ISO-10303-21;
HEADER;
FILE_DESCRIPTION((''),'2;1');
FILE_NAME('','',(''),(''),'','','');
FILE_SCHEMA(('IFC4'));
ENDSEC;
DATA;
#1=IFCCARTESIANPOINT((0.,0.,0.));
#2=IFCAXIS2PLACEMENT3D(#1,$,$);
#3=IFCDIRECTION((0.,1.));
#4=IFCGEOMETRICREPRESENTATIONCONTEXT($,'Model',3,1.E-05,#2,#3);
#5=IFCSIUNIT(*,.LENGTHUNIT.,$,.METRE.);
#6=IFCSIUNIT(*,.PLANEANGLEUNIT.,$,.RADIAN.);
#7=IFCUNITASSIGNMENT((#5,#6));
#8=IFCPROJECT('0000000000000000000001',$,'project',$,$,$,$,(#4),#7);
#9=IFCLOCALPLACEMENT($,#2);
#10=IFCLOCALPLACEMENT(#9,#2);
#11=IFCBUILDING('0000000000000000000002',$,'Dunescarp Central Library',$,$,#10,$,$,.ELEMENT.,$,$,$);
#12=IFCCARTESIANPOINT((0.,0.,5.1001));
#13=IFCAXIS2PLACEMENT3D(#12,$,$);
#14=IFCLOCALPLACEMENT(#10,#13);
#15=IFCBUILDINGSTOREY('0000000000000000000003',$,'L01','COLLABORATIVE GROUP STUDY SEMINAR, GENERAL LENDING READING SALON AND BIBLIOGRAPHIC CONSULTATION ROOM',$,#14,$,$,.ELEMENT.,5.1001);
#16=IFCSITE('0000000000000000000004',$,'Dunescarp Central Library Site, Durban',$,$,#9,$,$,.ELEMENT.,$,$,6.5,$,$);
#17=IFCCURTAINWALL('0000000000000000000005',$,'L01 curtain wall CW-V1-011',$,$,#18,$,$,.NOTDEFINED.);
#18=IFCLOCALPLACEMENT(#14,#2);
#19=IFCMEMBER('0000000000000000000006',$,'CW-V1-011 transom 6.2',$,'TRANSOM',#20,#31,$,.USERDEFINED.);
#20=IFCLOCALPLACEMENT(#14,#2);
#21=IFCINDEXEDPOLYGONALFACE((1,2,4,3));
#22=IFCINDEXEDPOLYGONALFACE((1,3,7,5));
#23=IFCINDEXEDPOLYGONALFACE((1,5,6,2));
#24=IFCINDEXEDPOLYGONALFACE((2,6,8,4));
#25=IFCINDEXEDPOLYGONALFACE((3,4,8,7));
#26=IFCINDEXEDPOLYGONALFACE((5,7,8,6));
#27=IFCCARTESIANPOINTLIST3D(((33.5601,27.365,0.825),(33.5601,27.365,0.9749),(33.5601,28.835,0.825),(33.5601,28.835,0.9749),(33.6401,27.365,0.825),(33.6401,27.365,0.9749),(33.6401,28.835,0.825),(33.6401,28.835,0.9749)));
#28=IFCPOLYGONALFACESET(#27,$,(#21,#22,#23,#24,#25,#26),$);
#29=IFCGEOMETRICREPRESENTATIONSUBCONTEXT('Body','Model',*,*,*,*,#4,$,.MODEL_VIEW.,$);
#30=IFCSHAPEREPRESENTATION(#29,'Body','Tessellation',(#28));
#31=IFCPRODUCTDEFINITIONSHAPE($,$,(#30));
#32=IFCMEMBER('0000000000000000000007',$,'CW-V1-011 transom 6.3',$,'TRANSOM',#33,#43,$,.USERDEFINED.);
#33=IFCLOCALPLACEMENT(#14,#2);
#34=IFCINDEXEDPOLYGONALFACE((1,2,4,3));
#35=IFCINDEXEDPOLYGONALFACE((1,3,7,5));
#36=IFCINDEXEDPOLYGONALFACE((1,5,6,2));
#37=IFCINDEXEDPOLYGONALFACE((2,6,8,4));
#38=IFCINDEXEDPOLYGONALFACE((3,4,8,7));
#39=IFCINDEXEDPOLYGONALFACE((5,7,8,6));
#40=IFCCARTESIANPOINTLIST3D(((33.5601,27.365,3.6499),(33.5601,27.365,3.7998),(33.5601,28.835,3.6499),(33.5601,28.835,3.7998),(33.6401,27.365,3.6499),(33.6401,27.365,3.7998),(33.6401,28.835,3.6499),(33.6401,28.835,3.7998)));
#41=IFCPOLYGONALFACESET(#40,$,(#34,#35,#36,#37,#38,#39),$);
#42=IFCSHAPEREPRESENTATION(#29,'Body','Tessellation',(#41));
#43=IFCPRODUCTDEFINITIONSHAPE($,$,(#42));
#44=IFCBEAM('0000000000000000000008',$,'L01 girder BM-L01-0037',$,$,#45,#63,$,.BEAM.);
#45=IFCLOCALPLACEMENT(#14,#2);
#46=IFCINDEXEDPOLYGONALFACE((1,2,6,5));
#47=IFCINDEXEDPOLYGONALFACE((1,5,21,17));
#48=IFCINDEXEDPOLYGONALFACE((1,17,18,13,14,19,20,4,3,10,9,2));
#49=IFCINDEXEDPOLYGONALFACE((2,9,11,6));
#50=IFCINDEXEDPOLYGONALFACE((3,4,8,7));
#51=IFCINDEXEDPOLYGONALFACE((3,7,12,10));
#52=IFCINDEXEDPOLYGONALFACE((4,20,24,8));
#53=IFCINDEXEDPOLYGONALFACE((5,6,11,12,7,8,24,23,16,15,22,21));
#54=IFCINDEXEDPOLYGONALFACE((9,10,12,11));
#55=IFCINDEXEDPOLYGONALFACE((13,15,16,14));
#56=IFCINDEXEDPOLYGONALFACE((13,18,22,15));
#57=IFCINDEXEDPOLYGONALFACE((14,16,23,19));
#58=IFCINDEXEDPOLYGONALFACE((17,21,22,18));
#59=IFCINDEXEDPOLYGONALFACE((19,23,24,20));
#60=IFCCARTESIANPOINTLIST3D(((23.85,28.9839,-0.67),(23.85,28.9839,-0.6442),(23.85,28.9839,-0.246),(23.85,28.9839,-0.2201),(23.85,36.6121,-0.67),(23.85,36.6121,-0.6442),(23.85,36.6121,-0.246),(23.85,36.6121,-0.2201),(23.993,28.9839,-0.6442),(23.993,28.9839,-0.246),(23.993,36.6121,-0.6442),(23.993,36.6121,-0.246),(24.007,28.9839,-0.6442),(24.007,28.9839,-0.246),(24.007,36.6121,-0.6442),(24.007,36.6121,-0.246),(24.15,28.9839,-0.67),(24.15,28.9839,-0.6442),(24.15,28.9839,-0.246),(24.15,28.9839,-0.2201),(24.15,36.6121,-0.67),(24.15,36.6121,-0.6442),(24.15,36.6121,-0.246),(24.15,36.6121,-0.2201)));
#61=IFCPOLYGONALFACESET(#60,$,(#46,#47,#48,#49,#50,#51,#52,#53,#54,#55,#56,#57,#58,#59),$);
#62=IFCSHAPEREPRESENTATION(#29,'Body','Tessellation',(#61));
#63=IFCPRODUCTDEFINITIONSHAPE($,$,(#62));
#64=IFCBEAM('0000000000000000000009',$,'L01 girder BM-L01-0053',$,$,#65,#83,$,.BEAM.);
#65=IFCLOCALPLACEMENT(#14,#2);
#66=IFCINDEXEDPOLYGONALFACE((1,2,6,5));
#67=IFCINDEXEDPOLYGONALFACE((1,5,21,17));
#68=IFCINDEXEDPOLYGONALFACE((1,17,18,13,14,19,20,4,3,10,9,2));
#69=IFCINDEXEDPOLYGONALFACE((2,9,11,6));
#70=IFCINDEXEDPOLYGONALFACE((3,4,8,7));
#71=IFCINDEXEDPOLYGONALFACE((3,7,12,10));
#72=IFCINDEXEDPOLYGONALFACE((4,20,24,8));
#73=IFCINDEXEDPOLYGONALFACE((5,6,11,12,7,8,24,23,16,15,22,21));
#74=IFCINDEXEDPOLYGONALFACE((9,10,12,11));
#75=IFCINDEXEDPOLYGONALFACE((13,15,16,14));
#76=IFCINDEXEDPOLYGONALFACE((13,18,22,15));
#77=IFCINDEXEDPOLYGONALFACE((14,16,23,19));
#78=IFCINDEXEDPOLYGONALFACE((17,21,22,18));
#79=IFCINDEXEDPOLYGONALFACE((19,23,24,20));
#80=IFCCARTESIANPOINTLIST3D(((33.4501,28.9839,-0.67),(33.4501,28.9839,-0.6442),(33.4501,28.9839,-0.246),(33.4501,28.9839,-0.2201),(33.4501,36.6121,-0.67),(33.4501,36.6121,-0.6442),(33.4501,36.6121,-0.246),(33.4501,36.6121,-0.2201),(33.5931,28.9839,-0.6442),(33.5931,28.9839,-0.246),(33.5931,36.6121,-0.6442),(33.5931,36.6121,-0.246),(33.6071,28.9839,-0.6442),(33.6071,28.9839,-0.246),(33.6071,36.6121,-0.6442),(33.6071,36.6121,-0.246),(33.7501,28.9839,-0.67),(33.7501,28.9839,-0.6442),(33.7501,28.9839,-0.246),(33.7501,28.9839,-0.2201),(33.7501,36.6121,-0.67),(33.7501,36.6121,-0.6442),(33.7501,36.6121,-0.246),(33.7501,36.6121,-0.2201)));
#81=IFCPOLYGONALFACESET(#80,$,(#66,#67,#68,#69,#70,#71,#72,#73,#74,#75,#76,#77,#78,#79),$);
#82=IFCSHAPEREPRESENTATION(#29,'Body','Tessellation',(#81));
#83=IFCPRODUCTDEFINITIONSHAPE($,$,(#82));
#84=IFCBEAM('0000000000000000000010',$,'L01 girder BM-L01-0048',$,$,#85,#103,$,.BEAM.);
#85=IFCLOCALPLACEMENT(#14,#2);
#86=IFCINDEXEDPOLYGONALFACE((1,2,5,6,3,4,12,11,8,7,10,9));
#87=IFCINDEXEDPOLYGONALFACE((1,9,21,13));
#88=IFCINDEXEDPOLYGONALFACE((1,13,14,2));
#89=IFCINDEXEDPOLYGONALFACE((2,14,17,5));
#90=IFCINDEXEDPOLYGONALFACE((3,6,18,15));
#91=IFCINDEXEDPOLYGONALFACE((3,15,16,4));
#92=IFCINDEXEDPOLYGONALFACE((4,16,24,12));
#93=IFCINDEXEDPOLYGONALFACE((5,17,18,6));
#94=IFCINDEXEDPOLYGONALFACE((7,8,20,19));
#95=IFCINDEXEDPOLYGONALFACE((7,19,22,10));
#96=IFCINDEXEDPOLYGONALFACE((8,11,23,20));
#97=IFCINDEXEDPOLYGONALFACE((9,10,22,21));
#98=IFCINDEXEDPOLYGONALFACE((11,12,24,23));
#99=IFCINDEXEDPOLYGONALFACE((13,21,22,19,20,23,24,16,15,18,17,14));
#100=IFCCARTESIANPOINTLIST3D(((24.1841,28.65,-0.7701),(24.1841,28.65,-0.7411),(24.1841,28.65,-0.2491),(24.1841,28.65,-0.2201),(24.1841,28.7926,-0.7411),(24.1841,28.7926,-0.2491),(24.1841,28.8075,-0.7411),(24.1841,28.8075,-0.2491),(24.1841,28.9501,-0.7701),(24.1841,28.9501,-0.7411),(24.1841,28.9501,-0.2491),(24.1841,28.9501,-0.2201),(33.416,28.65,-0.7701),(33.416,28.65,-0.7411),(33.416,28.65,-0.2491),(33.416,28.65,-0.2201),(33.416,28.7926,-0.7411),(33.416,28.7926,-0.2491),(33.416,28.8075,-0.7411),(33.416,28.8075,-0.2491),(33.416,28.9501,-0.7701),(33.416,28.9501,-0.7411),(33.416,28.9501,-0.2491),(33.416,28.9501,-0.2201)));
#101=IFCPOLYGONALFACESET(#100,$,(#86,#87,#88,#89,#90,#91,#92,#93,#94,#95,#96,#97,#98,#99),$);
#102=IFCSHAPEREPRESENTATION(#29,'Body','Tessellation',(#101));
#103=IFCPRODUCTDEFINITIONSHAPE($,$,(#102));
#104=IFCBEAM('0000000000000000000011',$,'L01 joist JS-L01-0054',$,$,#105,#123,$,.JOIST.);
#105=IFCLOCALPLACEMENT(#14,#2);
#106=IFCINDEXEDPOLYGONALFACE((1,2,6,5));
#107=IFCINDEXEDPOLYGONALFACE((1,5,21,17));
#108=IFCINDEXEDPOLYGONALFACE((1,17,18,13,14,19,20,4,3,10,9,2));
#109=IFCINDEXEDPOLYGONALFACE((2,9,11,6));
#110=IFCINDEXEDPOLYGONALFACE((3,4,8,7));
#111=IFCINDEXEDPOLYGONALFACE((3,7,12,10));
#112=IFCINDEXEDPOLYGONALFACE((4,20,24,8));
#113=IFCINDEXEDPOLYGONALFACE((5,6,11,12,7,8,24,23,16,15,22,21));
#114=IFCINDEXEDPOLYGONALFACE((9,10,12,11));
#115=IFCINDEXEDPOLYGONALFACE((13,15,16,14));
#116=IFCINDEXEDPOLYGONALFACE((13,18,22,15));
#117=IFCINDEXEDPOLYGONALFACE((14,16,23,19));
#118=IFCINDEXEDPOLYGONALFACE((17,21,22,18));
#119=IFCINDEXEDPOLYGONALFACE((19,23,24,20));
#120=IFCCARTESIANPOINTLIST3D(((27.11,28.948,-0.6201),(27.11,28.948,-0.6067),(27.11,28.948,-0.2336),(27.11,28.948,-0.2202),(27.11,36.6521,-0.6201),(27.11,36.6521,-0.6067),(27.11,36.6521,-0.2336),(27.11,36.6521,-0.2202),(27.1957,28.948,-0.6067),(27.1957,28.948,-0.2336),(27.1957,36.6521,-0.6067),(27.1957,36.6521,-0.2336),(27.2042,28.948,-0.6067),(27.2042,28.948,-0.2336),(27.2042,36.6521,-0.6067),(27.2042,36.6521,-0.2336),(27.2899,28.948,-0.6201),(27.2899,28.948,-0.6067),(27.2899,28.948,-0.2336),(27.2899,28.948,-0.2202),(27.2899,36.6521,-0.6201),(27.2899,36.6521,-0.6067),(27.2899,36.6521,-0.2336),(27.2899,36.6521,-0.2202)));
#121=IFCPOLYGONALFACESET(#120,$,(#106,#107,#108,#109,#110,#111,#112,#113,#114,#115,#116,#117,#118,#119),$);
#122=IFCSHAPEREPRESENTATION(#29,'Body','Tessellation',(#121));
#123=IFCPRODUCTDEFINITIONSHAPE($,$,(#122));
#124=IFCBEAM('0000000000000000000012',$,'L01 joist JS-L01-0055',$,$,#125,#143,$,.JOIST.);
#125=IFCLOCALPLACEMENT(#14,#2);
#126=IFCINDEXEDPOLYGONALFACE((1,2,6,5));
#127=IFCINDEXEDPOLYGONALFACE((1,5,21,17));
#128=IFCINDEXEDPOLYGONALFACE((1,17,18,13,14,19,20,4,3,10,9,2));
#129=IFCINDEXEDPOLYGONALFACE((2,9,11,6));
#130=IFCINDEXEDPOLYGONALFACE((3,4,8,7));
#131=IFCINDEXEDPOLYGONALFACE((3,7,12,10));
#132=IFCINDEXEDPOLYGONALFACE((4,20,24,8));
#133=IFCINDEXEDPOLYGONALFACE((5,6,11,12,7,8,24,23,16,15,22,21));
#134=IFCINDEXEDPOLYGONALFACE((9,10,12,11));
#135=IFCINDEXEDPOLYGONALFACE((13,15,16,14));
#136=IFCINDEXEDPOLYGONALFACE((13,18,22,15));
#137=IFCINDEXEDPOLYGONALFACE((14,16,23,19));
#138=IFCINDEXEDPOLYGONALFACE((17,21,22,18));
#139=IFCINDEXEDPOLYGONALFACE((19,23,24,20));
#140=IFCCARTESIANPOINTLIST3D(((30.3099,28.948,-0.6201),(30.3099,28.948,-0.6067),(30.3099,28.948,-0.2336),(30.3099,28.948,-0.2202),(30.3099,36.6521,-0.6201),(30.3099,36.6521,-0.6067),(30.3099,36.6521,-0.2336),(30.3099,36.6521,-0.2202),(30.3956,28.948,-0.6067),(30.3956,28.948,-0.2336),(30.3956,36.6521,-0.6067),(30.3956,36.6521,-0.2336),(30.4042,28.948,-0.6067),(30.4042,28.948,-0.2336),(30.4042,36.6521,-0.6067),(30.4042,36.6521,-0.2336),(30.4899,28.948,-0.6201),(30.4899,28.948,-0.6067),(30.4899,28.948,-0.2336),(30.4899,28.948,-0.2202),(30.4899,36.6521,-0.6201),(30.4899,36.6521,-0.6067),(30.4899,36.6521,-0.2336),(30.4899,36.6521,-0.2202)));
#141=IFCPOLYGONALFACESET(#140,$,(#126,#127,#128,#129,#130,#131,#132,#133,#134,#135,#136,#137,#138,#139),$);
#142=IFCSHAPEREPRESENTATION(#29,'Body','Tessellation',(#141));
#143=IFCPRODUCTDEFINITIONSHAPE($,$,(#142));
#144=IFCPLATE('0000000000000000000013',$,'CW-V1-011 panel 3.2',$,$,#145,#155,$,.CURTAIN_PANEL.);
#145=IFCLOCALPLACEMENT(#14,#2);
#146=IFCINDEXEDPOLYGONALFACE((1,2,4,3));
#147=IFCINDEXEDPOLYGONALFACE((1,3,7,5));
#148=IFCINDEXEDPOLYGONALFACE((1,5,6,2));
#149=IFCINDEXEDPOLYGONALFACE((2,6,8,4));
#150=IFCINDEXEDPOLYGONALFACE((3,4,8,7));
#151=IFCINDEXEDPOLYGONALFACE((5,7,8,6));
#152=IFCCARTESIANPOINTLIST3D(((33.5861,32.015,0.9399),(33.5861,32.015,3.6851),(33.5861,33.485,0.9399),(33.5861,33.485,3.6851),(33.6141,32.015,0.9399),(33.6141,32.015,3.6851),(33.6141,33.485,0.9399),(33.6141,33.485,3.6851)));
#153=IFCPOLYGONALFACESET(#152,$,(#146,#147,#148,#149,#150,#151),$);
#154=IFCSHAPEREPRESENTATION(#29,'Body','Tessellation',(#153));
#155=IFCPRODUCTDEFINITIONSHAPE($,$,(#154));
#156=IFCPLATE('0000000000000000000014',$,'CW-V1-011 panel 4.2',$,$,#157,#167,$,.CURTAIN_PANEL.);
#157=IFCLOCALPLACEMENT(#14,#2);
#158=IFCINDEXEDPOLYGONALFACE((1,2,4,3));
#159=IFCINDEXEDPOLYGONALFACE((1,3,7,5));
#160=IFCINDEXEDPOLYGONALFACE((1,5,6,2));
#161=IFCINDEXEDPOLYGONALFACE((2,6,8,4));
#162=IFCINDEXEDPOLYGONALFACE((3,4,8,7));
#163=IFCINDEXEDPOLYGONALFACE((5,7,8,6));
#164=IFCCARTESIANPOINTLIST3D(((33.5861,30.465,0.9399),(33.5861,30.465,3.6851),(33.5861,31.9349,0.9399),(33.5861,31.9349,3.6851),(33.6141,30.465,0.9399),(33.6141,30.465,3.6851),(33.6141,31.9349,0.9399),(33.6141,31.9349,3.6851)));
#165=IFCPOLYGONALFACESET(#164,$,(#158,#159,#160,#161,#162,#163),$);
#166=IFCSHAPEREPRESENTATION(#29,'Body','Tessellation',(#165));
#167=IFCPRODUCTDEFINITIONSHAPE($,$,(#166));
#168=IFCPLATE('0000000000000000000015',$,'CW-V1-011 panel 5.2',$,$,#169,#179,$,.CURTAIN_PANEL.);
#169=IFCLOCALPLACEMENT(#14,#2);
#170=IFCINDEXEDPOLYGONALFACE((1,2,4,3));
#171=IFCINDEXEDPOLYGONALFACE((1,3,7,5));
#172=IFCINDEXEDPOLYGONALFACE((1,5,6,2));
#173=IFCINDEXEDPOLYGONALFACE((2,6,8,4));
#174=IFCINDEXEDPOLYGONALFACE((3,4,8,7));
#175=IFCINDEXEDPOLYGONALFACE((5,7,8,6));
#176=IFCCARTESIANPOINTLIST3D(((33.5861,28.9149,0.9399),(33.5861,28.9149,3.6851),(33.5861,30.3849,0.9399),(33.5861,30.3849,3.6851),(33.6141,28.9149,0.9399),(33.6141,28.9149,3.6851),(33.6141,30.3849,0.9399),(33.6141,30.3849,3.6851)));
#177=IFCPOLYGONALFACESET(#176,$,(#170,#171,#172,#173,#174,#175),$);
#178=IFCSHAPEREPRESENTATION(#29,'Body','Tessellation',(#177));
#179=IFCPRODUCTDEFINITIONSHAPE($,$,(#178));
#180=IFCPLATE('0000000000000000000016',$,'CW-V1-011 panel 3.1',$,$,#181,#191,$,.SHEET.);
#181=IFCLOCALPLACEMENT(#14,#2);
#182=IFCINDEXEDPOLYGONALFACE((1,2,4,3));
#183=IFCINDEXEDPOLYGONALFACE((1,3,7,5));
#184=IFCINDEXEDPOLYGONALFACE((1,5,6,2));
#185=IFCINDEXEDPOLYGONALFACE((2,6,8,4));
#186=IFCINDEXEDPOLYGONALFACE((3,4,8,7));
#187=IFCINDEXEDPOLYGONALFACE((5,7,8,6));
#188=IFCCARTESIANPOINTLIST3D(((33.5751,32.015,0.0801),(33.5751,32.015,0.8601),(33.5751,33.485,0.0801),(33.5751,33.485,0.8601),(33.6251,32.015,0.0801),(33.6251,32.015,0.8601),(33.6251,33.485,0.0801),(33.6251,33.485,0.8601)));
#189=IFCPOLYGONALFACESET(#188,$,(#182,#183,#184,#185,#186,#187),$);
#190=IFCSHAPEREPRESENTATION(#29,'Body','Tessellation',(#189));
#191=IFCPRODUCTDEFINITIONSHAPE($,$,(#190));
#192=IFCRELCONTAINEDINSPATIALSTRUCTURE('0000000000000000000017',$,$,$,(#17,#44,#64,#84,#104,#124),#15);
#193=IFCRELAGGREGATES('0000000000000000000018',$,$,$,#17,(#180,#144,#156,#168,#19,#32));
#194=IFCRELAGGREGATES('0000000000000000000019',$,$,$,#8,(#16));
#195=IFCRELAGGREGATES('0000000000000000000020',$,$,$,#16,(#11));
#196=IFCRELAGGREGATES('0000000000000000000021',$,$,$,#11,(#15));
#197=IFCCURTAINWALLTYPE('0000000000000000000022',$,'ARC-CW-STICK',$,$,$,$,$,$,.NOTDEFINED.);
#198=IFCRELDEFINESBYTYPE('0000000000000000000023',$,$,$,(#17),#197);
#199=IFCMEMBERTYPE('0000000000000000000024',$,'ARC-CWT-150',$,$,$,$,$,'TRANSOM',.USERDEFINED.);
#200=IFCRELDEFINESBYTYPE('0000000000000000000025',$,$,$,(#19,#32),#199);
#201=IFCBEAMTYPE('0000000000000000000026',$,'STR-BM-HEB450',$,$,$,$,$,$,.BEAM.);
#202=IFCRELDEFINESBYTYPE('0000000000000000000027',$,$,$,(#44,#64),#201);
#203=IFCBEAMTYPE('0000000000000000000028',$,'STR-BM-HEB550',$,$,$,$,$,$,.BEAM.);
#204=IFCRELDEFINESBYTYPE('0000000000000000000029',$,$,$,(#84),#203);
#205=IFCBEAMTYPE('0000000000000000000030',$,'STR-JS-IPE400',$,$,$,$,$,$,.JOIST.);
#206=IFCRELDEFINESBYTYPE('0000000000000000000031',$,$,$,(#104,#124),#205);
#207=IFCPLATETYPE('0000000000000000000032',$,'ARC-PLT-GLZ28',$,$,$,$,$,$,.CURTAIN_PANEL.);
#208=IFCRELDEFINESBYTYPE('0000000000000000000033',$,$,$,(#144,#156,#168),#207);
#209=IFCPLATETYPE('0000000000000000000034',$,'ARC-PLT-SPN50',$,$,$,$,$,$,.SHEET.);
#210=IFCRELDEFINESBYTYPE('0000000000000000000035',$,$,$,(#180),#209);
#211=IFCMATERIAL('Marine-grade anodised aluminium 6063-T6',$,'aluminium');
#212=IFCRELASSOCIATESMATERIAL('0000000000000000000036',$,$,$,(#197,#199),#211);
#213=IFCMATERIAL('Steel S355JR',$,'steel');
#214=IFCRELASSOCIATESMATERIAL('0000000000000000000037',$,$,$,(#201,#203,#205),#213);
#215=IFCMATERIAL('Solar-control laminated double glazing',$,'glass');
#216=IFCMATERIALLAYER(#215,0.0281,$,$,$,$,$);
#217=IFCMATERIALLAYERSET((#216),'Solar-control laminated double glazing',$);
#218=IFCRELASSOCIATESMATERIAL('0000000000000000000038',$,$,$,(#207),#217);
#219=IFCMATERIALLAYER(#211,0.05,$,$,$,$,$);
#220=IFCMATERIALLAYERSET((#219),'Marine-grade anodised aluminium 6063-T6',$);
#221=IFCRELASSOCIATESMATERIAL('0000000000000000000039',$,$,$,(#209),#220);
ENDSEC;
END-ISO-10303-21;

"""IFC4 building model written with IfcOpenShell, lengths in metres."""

from ifc_helpers import new_model, si_unit, direction, frame, origin, origin_2d, place, context, subcontext, project, spatial, rectangle, i_section, extrude, material, layer, layer_set, material_profile, profile_set, type_object, element, aggregate, save


model = new_model("IFC4")

# Units and contexts
model_context = context("Model", 3, precision=1e-05, world=origin(), true_north=direction((0.0, 1.0)))
body_context = subcontext(model_context, "Body", "Model", "MODEL_VIEW")
ifc_project = project(units=[si_unit("LENGTHUNIT", "METRE"), si_unit("PLANEANGLEUNIT", "RADIAN")], contexts=[model_context])

# Site, building, storey
site_placement = place(None, origin())
site = spatial("IfcSite", under=ifc_project, at=site_placement, Name="Dunescarp Central Library Site, Durban", CompositionType="ELEMENT", RefElevation=6.5)
building_placement = place(site_placement, origin())
building = spatial("IfcBuilding", under=site, at=building_placement, Name="Dunescarp Central Library", CompositionType="ELEMENT")
storey_placement = place(building_placement, frame((0.0, 0.0, 5.1001)))
storey = spatial("IfcBuildingStorey", under=building, at=storey_placement, Name="L01", Description="COLLABORATIVE GROUP STUDY SEMINAR, GENERAL LENDING READING SALON AND BIBLIOGRAPHIC CONSULTATION ROOM", CompositionType="ELEMENT", Elevation=5.1001)

# Shared definitions
ifc_material_1 = material(Name="Steel S355JR", Category="steel")

# Curtain wall, members
ifc_material_2 = material(Name="Marine-grade anodised aluminium 6063-T6", Category="aluminium")
curtain_wall_type = type_object("IfcCurtainWallType", Name="ARC-CW-STICK", PredefinedType="NOTDEFINED", material=ifc_material_2)
curtain_wall_placement = place(storey_placement, origin())
curtain_wall = element("IfcCurtainWall", 1, at=curtain_wall_placement, inside=storey, type_object=curtain_wall_type, Name="L01 curtain wall CW-V1-011", PredefinedType="NOTDEFINED")
ifc_material_profile_1 = material_profile(ifc_material_2, rectangle(XDim=0.0801, YDim=0.1499, at=origin_2d()), Name="AL 80x150")
ifc_profile_set_1 = profile_set([ifc_material_profile_1], Name="Marine-grade anodised aluminium 6063-T6")
member_type_1 = type_object("IfcMemberType", Name="ARC-CWT-150", ElementType="TRANSOM", PredefinedType="USERDEFINED", material=ifc_profile_set_1)
member_1_placement = place(storey_placement, frame((33.6001, 28.835, 0.8999), z_axis=(0.0, -1.0, 0.0), x_axis=(1.0, 0.0, 0.0)))
member_1 = element("IfcMember", 2, at=member_1_placement, type_object=member_type_1, Name="CW-V1-011 transom 6.2", ObjectType="TRANSOM", PredefinedType="USERDEFINED", context=body_context, shape_type="SweptSolid", body=[
    extrude(rectangle(XDim=0.0801, YDim=0.1499, at=origin_2d()), origin(), (0.0, 0.0, 1.0), 1.47),
])
member_2_placement = place(storey_placement, frame((33.6001, 28.835, 3.7249), z_axis=(0.0, -1.0, 0.0), x_axis=(1.0, 0.0, 0.0)))
member_2 = element("IfcMember", 3, at=member_2_placement, type_object=member_type_1, Name="CW-V1-011 transom 6.3", ObjectType="TRANSOM", PredefinedType="USERDEFINED", context=body_context, shape_type="SweptSolid", body=[
    extrude(rectangle(XDim=0.0801, YDim=0.1499, at=origin_2d()), origin(), (0.0, 0.0, 1.0), 1.47),
])

# Beams
ifc_material_profile_2 = material_profile(ifc_material_1, i_section(OverallWidth=0.3, OverallDepth=0.45, WebThickness=0.0139, FlangeThickness=0.0259, at=origin_2d()), Name="HEB 450")
ifc_profile_set_2 = profile_set([ifc_material_profile_2], Name="Steel S355JR")
beam_type_1 = type_object("IfcBeamType", Name="STR-BM-HEB450", PredefinedType="BEAM", material=ifc_profile_set_2)
for number, where, z_axis, x_axis, name in (
    (4, (24.0, 28.9839, -0.4451), (0.0, 1.0, 0.0), (-1.0, 0.0, 0.0), "L01 girder BM-L01-0037"),
    (5, (33.6001, 28.9839, -0.4451), (0.0, 1.0, 0.0), (-1.0, 0.0, 0.0), "L01 girder BM-L01-0053"),
):
    element("IfcBeam", number, at=place(storey_placement, frame(where, z_axis=z_axis, x_axis=x_axis)), inside=storey, type_object=beam_type_1, Name=name, PredefinedType="BEAM", context=body_context, shape_type="SweptSolid", body=[
        extrude(i_section(OverallWidth=0.3, OverallDepth=0.45, WebThickness=0.0139, FlangeThickness=0.0259, at=origin_2d()), origin(), (0.0, 0.0, 1.0), 7.6282),
    ])
ifc_material_profile_3 = material_profile(ifc_material_1, i_section(OverallWidth=0.3, OverallDepth=0.55, WebThickness=0.0149, FlangeThickness=0.0291, at=origin_2d()), Name="HEB 550")
ifc_profile_set_3 = profile_set([ifc_material_profile_3], Name="Steel S355JR")
beam_type_2 = type_object("IfcBeamType", Name="STR-BM-HEB550", PredefinedType="BEAM", material=ifc_profile_set_3)
beam_placement = place(storey_placement, frame((24.1841, 28.8, -0.4951), z_axis=(1.0, 0.0, 0.0), x_axis=(0.0, 1.0, 0.0)))
element("IfcBeam", 6, at=beam_placement, inside=storey, type_object=beam_type_2, Name="L01 girder BM-L01-0048", PredefinedType="BEAM", context=body_context, shape_type="SweptSolid", body=[
    extrude(i_section(OverallWidth=0.3, OverallDepth=0.55, WebThickness=0.0149, FlangeThickness=0.0291, at=origin_2d()), origin(), (0.0, 0.0, 1.0), 9.2319),
])
ifc_material_profile_4 = material_profile(ifc_material_1, i_section(OverallWidth=0.1799, OverallDepth=0.3999, WebThickness=0.0085, FlangeThickness=0.0134, at=origin_2d()), Name="IPE 400")
ifc_profile_set_4 = profile_set([ifc_material_profile_4], Name="Steel S355JR")
beam_type_3 = type_object("IfcBeamType", Name="STR-JS-IPE400", PredefinedType="JOIST", material=ifc_profile_set_4)
for number, where, z_axis, x_axis, name in (
    (7, (27.2, 28.948, -0.4202), (0.0, 1.0, 0.0), (-1.0, 0.0, 0.0), "L01 joist JS-L01-0054"),
    (8, (30.3999, 28.948, -0.4202), (0.0, 1.0, 0.0), (-1.0, 0.0, 0.0), "L01 joist JS-L01-0055"),
):
    element("IfcBeam", number, at=place(storey_placement, frame(where, z_axis=z_axis, x_axis=x_axis)), inside=storey, type_object=beam_type_3, Name=name, PredefinedType="JOIST", context=body_context, shape_type="SweptSolid", body=[
        extrude(i_section(OverallWidth=0.1799, OverallDepth=0.3999, WebThickness=0.0085, FlangeThickness=0.0134, at=origin_2d()), origin(), (0.0, 0.0, 1.0), 7.7041),
    ])

# Plates
ifc_material_3 = material(Name="Solar-control laminated double glazing", Category="glass")
ifc_layer_1 = layer(ifc_material_3, 0.0281)
ifc_layer_set_1 = layer_set([ifc_layer_1], Name="Solar-control laminated double glazing")
plate_type_1 = type_object("IfcPlateType", Name="ARC-PLT-GLZ28", PredefinedType="CURTAIN_PANEL", material=ifc_layer_set_1)
plate_1_placement = place(storey_placement, frame((33.6001, 32.75, 0.9399), z_axis=(0.0, 0.0, 1.0), x_axis=(0.0, -1.0, 0.0)))
plate_1 = element("IfcPlate", 9, at=plate_1_placement, type_object=plate_type_1, Name="CW-V1-011 panel 3.2", PredefinedType="CURTAIN_PANEL", context=body_context, shape_type="SweptSolid", body=[
    extrude(rectangle(XDim=1.47, YDim=0.0281, at=origin_2d()), origin(), (0.0, 0.0, 1.0), 2.7451),
])
plate_2_placement = place(storey_placement, frame((33.6001, 31.2, 0.9399), z_axis=(0.0, 0.0, 1.0), x_axis=(0.0, -1.0, 0.0)))
plate_2 = element("IfcPlate", 10, at=plate_2_placement, type_object=plate_type_1, Name="CW-V1-011 panel 4.2", PredefinedType="CURTAIN_PANEL", context=body_context, shape_type="SweptSolid", body=[
    extrude(rectangle(XDim=1.47, YDim=0.0281, at=origin_2d()), origin(), (0.0, 0.0, 1.0), 2.7451),
])
plate_3_placement = place(storey_placement, frame((33.6001, 29.6499, 0.9399), z_axis=(0.0, 0.0, 1.0), x_axis=(0.0, -1.0, 0.0)))
plate_3 = element("IfcPlate", 11, at=plate_3_placement, type_object=plate_type_1, Name="CW-V1-011 panel 5.2", PredefinedType="CURTAIN_PANEL", context=body_context, shape_type="SweptSolid", body=[
    extrude(rectangle(XDim=1.47, YDim=0.0281, at=origin_2d()), origin(), (0.0, 0.0, 1.0), 2.7451),
])
ifc_layer_2 = layer(ifc_material_2, 0.05)
ifc_layer_set_2 = layer_set([ifc_layer_2], Name="Marine-grade anodised aluminium 6063-T6")
plate_type_2 = type_object("IfcPlateType", Name="ARC-PLT-SPN50", PredefinedType="SHEET", material=ifc_layer_set_2)
plate_4_placement = place(storey_placement, frame((33.6001, 32.75, 0.0801), z_axis=(0.0, 0.0, 1.0), x_axis=(0.0, -1.0, 0.0)))
plate_4 = element("IfcPlate", 12, at=plate_4_placement, type_object=plate_type_2, Name="CW-V1-011 panel 3.1", PredefinedType="SHEET", context=body_context, shape_type="SweptSolid", body=[
    extrude(rectangle(XDim=1.47, YDim=0.05, at=origin_2d()), origin(), (0.0, 0.0, 1.0), 0.78),
])
aggregate(curtain_wall, [plate_4, plate_1, plate_2, plate_3, member_1, member_2])

save(model, "model.ifc")
